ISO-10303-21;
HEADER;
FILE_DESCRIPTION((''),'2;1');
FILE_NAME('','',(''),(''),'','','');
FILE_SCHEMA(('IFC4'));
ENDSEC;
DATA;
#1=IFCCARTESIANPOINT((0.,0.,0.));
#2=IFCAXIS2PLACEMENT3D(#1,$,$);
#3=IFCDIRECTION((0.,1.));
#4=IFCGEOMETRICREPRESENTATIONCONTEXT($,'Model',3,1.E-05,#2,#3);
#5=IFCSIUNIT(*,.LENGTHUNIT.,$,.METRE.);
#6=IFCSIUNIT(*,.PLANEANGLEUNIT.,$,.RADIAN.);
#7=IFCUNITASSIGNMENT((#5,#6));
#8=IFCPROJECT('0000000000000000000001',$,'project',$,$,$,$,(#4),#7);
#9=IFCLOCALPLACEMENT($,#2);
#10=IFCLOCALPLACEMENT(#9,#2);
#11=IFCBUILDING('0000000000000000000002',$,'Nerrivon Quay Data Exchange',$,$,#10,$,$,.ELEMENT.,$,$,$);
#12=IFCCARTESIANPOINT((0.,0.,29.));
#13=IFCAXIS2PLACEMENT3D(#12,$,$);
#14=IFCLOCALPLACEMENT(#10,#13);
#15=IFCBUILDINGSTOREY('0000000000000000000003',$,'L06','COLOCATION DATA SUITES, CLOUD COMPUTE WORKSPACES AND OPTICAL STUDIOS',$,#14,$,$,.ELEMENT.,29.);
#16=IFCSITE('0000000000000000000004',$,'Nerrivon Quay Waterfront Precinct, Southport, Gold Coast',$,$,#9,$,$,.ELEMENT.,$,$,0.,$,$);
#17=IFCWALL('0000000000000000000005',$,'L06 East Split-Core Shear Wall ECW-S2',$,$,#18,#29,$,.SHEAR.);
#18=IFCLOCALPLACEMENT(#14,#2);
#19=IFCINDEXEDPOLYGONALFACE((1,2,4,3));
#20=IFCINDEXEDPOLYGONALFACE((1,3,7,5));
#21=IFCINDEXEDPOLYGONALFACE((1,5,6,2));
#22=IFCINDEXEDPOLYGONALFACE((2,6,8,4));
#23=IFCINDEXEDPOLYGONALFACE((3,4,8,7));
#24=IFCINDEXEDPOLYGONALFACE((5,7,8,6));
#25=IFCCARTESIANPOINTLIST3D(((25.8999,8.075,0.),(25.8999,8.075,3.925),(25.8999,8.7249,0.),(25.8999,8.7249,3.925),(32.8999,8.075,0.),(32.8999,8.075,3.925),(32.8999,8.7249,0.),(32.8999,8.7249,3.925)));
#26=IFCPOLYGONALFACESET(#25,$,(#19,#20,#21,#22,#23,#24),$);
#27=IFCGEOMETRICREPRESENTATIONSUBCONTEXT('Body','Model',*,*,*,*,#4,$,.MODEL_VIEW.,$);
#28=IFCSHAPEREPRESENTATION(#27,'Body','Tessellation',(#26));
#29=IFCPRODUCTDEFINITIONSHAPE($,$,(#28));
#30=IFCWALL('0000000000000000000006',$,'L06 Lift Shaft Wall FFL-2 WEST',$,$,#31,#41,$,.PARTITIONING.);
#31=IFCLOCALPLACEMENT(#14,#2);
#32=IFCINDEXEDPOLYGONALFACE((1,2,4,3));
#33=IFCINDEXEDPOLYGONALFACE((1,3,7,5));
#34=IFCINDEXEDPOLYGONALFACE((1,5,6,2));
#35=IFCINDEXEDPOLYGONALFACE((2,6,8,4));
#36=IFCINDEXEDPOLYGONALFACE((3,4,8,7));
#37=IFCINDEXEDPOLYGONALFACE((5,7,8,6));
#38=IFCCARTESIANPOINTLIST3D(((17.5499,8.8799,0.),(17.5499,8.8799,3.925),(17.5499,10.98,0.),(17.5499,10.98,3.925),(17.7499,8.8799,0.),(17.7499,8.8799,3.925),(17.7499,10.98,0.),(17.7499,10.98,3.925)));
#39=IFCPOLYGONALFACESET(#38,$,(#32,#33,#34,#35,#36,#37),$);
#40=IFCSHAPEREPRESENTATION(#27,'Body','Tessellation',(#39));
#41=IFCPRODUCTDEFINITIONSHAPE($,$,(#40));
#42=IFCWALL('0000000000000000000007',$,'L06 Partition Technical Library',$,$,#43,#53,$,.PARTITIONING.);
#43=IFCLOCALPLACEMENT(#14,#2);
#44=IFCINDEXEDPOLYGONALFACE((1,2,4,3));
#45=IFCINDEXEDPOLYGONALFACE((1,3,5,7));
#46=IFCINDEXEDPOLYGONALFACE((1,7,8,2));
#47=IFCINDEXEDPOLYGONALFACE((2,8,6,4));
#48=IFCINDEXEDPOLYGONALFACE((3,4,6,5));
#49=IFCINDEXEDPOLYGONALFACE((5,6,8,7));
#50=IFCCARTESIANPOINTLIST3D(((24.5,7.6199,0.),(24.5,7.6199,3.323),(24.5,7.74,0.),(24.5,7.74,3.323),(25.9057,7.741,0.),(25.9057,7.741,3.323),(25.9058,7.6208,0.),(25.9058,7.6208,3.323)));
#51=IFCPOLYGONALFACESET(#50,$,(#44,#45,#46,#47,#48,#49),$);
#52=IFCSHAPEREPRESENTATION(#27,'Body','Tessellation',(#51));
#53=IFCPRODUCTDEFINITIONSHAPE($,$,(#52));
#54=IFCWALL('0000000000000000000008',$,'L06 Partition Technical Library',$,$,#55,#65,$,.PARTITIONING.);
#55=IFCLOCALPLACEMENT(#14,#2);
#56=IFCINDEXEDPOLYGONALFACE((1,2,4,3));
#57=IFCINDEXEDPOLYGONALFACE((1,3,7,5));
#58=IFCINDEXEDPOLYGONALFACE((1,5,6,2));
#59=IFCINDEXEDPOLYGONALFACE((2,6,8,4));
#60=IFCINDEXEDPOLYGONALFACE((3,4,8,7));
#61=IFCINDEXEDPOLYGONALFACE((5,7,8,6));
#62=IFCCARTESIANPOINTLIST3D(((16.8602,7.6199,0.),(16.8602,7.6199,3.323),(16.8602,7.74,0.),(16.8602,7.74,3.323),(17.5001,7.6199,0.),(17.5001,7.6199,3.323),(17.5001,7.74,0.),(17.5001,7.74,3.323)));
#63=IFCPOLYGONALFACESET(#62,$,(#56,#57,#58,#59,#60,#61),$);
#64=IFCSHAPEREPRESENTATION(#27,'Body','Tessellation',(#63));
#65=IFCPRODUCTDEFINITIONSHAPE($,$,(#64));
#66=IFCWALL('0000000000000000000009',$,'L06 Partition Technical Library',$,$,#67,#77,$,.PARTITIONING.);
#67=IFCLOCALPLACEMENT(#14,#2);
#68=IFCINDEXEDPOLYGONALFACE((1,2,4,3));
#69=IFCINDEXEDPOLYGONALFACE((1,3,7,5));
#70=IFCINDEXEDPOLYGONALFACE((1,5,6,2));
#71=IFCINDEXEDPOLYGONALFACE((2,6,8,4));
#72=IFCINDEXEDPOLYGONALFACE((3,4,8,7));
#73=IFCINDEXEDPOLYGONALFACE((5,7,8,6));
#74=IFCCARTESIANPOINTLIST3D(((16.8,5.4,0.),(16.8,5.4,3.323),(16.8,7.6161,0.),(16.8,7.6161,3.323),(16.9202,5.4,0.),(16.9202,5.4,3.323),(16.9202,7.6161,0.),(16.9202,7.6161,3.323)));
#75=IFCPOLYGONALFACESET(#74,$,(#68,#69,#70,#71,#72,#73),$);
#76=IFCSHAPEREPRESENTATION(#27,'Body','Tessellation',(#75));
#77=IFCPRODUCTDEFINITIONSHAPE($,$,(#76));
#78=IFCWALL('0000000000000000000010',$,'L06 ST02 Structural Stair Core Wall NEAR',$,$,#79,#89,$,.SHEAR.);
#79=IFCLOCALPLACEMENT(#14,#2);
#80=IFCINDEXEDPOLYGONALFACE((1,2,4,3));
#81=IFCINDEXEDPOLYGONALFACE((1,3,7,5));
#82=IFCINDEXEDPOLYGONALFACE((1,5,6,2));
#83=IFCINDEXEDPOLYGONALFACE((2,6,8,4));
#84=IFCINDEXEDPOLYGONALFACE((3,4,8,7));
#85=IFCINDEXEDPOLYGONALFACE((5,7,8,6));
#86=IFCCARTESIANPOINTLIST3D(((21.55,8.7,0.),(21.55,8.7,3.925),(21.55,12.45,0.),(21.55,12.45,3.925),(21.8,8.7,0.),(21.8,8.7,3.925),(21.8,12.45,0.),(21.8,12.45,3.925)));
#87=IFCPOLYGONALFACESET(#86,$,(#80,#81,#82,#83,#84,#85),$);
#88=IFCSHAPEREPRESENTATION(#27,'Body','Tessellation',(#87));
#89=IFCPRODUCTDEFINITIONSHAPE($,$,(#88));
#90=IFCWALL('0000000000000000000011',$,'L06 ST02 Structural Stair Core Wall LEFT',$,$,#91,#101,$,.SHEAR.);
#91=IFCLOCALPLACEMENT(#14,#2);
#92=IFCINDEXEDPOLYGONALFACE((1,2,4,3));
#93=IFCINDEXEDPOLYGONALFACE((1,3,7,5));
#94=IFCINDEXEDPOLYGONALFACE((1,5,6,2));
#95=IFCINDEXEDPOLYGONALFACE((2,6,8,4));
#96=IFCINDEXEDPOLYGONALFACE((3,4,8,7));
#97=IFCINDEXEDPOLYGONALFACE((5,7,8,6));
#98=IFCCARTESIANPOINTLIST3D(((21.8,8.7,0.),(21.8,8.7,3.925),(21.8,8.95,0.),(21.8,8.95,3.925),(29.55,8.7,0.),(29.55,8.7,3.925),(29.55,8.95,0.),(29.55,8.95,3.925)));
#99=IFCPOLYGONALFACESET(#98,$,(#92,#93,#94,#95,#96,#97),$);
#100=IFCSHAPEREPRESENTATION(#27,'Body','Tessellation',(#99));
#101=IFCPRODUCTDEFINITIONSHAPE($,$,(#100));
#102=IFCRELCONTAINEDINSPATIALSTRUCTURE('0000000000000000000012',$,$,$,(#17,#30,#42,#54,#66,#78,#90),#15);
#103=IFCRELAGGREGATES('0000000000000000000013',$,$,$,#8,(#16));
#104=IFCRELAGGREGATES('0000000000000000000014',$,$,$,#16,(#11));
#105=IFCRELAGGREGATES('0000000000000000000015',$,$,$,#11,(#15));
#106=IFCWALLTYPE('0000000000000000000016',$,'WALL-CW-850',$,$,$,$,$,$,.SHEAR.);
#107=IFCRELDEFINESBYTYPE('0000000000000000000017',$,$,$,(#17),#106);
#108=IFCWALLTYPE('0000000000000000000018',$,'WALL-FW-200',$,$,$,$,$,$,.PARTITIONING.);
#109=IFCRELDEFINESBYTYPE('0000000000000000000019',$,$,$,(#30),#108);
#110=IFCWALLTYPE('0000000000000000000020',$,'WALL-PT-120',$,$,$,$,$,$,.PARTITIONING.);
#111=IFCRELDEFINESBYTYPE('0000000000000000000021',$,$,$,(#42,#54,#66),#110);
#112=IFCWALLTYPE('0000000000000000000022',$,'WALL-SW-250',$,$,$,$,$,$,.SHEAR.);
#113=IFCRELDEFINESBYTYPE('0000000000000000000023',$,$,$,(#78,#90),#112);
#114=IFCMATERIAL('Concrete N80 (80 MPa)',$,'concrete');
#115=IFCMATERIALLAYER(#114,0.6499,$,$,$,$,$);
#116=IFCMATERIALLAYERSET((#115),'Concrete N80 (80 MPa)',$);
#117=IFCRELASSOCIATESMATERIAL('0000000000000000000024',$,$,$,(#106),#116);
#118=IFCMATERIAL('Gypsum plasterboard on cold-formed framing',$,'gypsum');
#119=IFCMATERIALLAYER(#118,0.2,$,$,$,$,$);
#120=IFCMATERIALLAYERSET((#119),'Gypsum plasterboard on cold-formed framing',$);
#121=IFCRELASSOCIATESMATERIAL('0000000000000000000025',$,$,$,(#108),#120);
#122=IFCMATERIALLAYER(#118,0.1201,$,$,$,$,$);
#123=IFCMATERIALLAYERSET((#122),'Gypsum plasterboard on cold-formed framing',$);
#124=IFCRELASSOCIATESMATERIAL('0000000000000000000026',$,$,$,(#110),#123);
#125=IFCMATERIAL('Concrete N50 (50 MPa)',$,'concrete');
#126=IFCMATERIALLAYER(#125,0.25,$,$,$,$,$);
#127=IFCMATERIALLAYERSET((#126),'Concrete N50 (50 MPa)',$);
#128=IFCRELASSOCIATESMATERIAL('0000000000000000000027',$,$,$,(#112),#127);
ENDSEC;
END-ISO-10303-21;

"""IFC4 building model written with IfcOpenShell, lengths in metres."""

from ifc_helpers import new_model, si_unit, direction, frame, frame_2d, origin, place, context, subcontext, project, spatial, rectangle, extrude, material, layer, layer_set, type_object, element, save


model = new_model("IFC4")

# Units and contexts
model_context = context("Model", 3, precision=1e-05, world=origin(), true_north=direction((0.0, 1.0)))
body_context = subcontext(model_context, "Body", "Model", "MODEL_VIEW")
ifc_project = project(units=[si_unit("LENGTHUNIT", "METRE"), si_unit("PLANEANGLEUNIT", "RADIAN")], contexts=[model_context])

# Site, building, storey
site_placement = place(None, origin())
site = spatial("IfcSite", under=ifc_project, at=site_placement, Name="Nerrivon Quay Waterfront Precinct, Southport, Gold Coast", CompositionType="ELEMENT", RefElevation=0.0)
building_placement = place(site_placement, origin())
building = spatial("IfcBuilding", under=site, at=building_placement, Name="Nerrivon Quay Data Exchange", CompositionType="ELEMENT")
storey_placement = place(building_placement, frame((0.0, 0.0, 29.0)))
storey = spatial("IfcBuildingStorey", under=building, at=storey_placement, Name="L06", Description="COLOCATION DATA SUITES, CLOUD COMPUTE WORKSPACES AND OPTICAL STUDIOS", CompositionType="ELEMENT", Elevation=29.0)

# Shared definitions
ifc_material_1 = material(Name="Concrete N80 (80 MPa)", Category="concrete")
ifc_material_2 = material(Name="Concrete N50 (50 MPa)", Category="concrete")

# Walls
ifc_layer_1 = layer(ifc_material_1, 0.6499)
ifc_layer_set_1 = layer_set([ifc_layer_1], Name="Concrete N80 (80 MPa)")
wall_type_1 = type_object("IfcWallType", Name="WALL-CW-850", PredefinedType="SHEAR", material=ifc_layer_set_1)
for number, where, z_axis, x_axis, name in (
    (1, (25.8999, 8.3999, 0.0), (0.0, 0.0, 1.0), (1.0, 0.0, 0.0), "L06 East Split-Core Shear Wall ECW-S2"),
):
    element("IfcWall", number, at=place(storey_placement, frame(where, z_axis=z_axis, x_axis=x_axis)), inside=storey, type_object=wall_type_1, Name=name, PredefinedType="SHEAR", context=body_context, shape_type="SweptSolid", body=[
        extrude(rectangle(XDim=7.0, YDim=0.6499, at=frame_2d((3.5, 0.0))), origin(), (0.0, 0.0, 1.0), 3.925),
    ])
ifc_material_3 = material(Name="Gypsum plasterboard on cold-formed framing", Category="gypsum")
ifc_layer_2 = layer(ifc_material_3, 0.2)
ifc_layer_set_2 = layer_set([ifc_layer_2], Name="Gypsum plasterboard on cold-formed framing")
wall_type_2 = type_object("IfcWallType", Name="WALL-FW-200", PredefinedType="PARTITIONING", material=ifc_layer_set_2)
wall_1_placement = place(storey_placement, frame((17.6499, 8.8799, 0.0), z_axis=(0.0, 0.0, 1.0), x_axis=(0.0, 1.0, 0.0)))
element("IfcWall", 2, at=wall_1_placement, inside=storey, type_object=wall_type_2, Name="L06 Lift Shaft Wall FFL-2 WEST", PredefinedType="PARTITIONING", context=body_context, shape_type="SweptSolid", body=[
    extrude(rectangle(XDim=2.1001, YDim=0.2, at=frame_2d((1.05, 0.0))), origin(), (0.0, 0.0, 1.0), 3.925),
])
ifc_layer_3 = layer(ifc_material_3, 0.1201)
ifc_layer_set_3 = layer_set([ifc_layer_3], Name="Gypsum plasterboard on cold-formed framing")
wall_type_3 = type_object("IfcWallType", Name="WALL-PT-120", PredefinedType="PARTITIONING", material=ifc_layer_set_3)
wall_2_placement = place(storey_placement, frame((25.9058, 7.6809, 0.0), z_axis=(0.0, 0.0, 1.0), x_axis=(-1.0, -0.000695, 0.0)))
element("IfcWall", 3, at=wall_2_placement, inside=storey, type_object=wall_type_3, Name="L06 Partition Technical Library", PredefinedType="PARTITIONING", context=body_context, shape_type="SweptSolid", body=[
    extrude(rectangle(XDim=1.4058, YDim=0.1201, at=frame_2d((0.7029, 0.0))), origin(), (0.0, 0.0, 1.0), 3.323),
])
wall_3_placement = place(storey_placement, frame((17.5, 7.6799, 0.0), z_axis=(0.0, 0.0, 1.0), x_axis=(-1.0, 0.0, 0.0)))
element("IfcWall", 4, at=wall_3_placement, inside=storey, type_object=wall_type_3, Name="L06 Partition Technical Library", PredefinedType="PARTITIONING", context=body_context, shape_type="SweptSolid", body=[
    extrude(rectangle(XDim=0.6399, YDim=0.1201, at=frame_2d((0.3198, 0.0))), origin(), (0.0, 0.0, 1.0), 3.323),
])
wall_4_placement = place(storey_placement, frame((16.8601, 7.616, 0.0), z_axis=(0.0, 0.0, 1.0), x_axis=(0.0, -1.0, 0.0)))
element("IfcWall", 5, at=wall_4_placement, inside=storey, type_object=wall_type_3, Name="L06 Partition Technical Library", PredefinedType="PARTITIONING", context=body_context, shape_type="SweptSolid", body=[
    extrude(rectangle(XDim=2.2161, YDim=0.1201, at=frame_2d((1.1079, 0.0))), origin(), (0.0, 0.0, 1.0), 3.323),
])
ifc_layer_4 = layer(ifc_material_2, 0.25)
ifc_layer_set_4 = layer_set([ifc_layer_4], Name="Concrete N50 (50 MPa)")
wall_type_4 = type_object("IfcWallType", Name="WALL-SW-250", PredefinedType="SHEAR", material=ifc_layer_set_4)
wall_5_placement = place(storey_placement, frame((21.675, 8.7, 0.0), z_axis=(0.0, 0.0, 1.0), x_axis=(0.0, 1.0, 0.0)))
element("IfcWall", 6, at=wall_5_placement, inside=storey, type_object=wall_type_4, Name="L06 ST02 Structural Stair Core Wall NEAR", PredefinedType="SHEAR", context=body_context, shape_type="SweptSolid", body=[
    extrude(rectangle(XDim=3.75, YDim=0.25, at=frame_2d((1.875, 0.0))), origin(), (0.0, 0.0, 1.0), 3.925),
])
wall_6_placement = place(storey_placement, frame((21.8, 8.825, 0.0), z_axis=(0.0, 0.0, 1.0), x_axis=(1.0, 0.0, 0.0)))
element("IfcWall", 7, at=wall_6_placement, inside=storey, type_object=wall_type_4, Name="L06 ST02 Structural Stair Core Wall LEFT", PredefinedType="SHEAR", context=body_context, shape_type="SweptSolid", body=[
    extrude(rectangle(XDim=7.75, YDim=0.25, at=frame_2d((3.875, 0.0))), origin(), (0.0, 0.0, 1.0), 3.925),
])

save(model, "model.ifc")
